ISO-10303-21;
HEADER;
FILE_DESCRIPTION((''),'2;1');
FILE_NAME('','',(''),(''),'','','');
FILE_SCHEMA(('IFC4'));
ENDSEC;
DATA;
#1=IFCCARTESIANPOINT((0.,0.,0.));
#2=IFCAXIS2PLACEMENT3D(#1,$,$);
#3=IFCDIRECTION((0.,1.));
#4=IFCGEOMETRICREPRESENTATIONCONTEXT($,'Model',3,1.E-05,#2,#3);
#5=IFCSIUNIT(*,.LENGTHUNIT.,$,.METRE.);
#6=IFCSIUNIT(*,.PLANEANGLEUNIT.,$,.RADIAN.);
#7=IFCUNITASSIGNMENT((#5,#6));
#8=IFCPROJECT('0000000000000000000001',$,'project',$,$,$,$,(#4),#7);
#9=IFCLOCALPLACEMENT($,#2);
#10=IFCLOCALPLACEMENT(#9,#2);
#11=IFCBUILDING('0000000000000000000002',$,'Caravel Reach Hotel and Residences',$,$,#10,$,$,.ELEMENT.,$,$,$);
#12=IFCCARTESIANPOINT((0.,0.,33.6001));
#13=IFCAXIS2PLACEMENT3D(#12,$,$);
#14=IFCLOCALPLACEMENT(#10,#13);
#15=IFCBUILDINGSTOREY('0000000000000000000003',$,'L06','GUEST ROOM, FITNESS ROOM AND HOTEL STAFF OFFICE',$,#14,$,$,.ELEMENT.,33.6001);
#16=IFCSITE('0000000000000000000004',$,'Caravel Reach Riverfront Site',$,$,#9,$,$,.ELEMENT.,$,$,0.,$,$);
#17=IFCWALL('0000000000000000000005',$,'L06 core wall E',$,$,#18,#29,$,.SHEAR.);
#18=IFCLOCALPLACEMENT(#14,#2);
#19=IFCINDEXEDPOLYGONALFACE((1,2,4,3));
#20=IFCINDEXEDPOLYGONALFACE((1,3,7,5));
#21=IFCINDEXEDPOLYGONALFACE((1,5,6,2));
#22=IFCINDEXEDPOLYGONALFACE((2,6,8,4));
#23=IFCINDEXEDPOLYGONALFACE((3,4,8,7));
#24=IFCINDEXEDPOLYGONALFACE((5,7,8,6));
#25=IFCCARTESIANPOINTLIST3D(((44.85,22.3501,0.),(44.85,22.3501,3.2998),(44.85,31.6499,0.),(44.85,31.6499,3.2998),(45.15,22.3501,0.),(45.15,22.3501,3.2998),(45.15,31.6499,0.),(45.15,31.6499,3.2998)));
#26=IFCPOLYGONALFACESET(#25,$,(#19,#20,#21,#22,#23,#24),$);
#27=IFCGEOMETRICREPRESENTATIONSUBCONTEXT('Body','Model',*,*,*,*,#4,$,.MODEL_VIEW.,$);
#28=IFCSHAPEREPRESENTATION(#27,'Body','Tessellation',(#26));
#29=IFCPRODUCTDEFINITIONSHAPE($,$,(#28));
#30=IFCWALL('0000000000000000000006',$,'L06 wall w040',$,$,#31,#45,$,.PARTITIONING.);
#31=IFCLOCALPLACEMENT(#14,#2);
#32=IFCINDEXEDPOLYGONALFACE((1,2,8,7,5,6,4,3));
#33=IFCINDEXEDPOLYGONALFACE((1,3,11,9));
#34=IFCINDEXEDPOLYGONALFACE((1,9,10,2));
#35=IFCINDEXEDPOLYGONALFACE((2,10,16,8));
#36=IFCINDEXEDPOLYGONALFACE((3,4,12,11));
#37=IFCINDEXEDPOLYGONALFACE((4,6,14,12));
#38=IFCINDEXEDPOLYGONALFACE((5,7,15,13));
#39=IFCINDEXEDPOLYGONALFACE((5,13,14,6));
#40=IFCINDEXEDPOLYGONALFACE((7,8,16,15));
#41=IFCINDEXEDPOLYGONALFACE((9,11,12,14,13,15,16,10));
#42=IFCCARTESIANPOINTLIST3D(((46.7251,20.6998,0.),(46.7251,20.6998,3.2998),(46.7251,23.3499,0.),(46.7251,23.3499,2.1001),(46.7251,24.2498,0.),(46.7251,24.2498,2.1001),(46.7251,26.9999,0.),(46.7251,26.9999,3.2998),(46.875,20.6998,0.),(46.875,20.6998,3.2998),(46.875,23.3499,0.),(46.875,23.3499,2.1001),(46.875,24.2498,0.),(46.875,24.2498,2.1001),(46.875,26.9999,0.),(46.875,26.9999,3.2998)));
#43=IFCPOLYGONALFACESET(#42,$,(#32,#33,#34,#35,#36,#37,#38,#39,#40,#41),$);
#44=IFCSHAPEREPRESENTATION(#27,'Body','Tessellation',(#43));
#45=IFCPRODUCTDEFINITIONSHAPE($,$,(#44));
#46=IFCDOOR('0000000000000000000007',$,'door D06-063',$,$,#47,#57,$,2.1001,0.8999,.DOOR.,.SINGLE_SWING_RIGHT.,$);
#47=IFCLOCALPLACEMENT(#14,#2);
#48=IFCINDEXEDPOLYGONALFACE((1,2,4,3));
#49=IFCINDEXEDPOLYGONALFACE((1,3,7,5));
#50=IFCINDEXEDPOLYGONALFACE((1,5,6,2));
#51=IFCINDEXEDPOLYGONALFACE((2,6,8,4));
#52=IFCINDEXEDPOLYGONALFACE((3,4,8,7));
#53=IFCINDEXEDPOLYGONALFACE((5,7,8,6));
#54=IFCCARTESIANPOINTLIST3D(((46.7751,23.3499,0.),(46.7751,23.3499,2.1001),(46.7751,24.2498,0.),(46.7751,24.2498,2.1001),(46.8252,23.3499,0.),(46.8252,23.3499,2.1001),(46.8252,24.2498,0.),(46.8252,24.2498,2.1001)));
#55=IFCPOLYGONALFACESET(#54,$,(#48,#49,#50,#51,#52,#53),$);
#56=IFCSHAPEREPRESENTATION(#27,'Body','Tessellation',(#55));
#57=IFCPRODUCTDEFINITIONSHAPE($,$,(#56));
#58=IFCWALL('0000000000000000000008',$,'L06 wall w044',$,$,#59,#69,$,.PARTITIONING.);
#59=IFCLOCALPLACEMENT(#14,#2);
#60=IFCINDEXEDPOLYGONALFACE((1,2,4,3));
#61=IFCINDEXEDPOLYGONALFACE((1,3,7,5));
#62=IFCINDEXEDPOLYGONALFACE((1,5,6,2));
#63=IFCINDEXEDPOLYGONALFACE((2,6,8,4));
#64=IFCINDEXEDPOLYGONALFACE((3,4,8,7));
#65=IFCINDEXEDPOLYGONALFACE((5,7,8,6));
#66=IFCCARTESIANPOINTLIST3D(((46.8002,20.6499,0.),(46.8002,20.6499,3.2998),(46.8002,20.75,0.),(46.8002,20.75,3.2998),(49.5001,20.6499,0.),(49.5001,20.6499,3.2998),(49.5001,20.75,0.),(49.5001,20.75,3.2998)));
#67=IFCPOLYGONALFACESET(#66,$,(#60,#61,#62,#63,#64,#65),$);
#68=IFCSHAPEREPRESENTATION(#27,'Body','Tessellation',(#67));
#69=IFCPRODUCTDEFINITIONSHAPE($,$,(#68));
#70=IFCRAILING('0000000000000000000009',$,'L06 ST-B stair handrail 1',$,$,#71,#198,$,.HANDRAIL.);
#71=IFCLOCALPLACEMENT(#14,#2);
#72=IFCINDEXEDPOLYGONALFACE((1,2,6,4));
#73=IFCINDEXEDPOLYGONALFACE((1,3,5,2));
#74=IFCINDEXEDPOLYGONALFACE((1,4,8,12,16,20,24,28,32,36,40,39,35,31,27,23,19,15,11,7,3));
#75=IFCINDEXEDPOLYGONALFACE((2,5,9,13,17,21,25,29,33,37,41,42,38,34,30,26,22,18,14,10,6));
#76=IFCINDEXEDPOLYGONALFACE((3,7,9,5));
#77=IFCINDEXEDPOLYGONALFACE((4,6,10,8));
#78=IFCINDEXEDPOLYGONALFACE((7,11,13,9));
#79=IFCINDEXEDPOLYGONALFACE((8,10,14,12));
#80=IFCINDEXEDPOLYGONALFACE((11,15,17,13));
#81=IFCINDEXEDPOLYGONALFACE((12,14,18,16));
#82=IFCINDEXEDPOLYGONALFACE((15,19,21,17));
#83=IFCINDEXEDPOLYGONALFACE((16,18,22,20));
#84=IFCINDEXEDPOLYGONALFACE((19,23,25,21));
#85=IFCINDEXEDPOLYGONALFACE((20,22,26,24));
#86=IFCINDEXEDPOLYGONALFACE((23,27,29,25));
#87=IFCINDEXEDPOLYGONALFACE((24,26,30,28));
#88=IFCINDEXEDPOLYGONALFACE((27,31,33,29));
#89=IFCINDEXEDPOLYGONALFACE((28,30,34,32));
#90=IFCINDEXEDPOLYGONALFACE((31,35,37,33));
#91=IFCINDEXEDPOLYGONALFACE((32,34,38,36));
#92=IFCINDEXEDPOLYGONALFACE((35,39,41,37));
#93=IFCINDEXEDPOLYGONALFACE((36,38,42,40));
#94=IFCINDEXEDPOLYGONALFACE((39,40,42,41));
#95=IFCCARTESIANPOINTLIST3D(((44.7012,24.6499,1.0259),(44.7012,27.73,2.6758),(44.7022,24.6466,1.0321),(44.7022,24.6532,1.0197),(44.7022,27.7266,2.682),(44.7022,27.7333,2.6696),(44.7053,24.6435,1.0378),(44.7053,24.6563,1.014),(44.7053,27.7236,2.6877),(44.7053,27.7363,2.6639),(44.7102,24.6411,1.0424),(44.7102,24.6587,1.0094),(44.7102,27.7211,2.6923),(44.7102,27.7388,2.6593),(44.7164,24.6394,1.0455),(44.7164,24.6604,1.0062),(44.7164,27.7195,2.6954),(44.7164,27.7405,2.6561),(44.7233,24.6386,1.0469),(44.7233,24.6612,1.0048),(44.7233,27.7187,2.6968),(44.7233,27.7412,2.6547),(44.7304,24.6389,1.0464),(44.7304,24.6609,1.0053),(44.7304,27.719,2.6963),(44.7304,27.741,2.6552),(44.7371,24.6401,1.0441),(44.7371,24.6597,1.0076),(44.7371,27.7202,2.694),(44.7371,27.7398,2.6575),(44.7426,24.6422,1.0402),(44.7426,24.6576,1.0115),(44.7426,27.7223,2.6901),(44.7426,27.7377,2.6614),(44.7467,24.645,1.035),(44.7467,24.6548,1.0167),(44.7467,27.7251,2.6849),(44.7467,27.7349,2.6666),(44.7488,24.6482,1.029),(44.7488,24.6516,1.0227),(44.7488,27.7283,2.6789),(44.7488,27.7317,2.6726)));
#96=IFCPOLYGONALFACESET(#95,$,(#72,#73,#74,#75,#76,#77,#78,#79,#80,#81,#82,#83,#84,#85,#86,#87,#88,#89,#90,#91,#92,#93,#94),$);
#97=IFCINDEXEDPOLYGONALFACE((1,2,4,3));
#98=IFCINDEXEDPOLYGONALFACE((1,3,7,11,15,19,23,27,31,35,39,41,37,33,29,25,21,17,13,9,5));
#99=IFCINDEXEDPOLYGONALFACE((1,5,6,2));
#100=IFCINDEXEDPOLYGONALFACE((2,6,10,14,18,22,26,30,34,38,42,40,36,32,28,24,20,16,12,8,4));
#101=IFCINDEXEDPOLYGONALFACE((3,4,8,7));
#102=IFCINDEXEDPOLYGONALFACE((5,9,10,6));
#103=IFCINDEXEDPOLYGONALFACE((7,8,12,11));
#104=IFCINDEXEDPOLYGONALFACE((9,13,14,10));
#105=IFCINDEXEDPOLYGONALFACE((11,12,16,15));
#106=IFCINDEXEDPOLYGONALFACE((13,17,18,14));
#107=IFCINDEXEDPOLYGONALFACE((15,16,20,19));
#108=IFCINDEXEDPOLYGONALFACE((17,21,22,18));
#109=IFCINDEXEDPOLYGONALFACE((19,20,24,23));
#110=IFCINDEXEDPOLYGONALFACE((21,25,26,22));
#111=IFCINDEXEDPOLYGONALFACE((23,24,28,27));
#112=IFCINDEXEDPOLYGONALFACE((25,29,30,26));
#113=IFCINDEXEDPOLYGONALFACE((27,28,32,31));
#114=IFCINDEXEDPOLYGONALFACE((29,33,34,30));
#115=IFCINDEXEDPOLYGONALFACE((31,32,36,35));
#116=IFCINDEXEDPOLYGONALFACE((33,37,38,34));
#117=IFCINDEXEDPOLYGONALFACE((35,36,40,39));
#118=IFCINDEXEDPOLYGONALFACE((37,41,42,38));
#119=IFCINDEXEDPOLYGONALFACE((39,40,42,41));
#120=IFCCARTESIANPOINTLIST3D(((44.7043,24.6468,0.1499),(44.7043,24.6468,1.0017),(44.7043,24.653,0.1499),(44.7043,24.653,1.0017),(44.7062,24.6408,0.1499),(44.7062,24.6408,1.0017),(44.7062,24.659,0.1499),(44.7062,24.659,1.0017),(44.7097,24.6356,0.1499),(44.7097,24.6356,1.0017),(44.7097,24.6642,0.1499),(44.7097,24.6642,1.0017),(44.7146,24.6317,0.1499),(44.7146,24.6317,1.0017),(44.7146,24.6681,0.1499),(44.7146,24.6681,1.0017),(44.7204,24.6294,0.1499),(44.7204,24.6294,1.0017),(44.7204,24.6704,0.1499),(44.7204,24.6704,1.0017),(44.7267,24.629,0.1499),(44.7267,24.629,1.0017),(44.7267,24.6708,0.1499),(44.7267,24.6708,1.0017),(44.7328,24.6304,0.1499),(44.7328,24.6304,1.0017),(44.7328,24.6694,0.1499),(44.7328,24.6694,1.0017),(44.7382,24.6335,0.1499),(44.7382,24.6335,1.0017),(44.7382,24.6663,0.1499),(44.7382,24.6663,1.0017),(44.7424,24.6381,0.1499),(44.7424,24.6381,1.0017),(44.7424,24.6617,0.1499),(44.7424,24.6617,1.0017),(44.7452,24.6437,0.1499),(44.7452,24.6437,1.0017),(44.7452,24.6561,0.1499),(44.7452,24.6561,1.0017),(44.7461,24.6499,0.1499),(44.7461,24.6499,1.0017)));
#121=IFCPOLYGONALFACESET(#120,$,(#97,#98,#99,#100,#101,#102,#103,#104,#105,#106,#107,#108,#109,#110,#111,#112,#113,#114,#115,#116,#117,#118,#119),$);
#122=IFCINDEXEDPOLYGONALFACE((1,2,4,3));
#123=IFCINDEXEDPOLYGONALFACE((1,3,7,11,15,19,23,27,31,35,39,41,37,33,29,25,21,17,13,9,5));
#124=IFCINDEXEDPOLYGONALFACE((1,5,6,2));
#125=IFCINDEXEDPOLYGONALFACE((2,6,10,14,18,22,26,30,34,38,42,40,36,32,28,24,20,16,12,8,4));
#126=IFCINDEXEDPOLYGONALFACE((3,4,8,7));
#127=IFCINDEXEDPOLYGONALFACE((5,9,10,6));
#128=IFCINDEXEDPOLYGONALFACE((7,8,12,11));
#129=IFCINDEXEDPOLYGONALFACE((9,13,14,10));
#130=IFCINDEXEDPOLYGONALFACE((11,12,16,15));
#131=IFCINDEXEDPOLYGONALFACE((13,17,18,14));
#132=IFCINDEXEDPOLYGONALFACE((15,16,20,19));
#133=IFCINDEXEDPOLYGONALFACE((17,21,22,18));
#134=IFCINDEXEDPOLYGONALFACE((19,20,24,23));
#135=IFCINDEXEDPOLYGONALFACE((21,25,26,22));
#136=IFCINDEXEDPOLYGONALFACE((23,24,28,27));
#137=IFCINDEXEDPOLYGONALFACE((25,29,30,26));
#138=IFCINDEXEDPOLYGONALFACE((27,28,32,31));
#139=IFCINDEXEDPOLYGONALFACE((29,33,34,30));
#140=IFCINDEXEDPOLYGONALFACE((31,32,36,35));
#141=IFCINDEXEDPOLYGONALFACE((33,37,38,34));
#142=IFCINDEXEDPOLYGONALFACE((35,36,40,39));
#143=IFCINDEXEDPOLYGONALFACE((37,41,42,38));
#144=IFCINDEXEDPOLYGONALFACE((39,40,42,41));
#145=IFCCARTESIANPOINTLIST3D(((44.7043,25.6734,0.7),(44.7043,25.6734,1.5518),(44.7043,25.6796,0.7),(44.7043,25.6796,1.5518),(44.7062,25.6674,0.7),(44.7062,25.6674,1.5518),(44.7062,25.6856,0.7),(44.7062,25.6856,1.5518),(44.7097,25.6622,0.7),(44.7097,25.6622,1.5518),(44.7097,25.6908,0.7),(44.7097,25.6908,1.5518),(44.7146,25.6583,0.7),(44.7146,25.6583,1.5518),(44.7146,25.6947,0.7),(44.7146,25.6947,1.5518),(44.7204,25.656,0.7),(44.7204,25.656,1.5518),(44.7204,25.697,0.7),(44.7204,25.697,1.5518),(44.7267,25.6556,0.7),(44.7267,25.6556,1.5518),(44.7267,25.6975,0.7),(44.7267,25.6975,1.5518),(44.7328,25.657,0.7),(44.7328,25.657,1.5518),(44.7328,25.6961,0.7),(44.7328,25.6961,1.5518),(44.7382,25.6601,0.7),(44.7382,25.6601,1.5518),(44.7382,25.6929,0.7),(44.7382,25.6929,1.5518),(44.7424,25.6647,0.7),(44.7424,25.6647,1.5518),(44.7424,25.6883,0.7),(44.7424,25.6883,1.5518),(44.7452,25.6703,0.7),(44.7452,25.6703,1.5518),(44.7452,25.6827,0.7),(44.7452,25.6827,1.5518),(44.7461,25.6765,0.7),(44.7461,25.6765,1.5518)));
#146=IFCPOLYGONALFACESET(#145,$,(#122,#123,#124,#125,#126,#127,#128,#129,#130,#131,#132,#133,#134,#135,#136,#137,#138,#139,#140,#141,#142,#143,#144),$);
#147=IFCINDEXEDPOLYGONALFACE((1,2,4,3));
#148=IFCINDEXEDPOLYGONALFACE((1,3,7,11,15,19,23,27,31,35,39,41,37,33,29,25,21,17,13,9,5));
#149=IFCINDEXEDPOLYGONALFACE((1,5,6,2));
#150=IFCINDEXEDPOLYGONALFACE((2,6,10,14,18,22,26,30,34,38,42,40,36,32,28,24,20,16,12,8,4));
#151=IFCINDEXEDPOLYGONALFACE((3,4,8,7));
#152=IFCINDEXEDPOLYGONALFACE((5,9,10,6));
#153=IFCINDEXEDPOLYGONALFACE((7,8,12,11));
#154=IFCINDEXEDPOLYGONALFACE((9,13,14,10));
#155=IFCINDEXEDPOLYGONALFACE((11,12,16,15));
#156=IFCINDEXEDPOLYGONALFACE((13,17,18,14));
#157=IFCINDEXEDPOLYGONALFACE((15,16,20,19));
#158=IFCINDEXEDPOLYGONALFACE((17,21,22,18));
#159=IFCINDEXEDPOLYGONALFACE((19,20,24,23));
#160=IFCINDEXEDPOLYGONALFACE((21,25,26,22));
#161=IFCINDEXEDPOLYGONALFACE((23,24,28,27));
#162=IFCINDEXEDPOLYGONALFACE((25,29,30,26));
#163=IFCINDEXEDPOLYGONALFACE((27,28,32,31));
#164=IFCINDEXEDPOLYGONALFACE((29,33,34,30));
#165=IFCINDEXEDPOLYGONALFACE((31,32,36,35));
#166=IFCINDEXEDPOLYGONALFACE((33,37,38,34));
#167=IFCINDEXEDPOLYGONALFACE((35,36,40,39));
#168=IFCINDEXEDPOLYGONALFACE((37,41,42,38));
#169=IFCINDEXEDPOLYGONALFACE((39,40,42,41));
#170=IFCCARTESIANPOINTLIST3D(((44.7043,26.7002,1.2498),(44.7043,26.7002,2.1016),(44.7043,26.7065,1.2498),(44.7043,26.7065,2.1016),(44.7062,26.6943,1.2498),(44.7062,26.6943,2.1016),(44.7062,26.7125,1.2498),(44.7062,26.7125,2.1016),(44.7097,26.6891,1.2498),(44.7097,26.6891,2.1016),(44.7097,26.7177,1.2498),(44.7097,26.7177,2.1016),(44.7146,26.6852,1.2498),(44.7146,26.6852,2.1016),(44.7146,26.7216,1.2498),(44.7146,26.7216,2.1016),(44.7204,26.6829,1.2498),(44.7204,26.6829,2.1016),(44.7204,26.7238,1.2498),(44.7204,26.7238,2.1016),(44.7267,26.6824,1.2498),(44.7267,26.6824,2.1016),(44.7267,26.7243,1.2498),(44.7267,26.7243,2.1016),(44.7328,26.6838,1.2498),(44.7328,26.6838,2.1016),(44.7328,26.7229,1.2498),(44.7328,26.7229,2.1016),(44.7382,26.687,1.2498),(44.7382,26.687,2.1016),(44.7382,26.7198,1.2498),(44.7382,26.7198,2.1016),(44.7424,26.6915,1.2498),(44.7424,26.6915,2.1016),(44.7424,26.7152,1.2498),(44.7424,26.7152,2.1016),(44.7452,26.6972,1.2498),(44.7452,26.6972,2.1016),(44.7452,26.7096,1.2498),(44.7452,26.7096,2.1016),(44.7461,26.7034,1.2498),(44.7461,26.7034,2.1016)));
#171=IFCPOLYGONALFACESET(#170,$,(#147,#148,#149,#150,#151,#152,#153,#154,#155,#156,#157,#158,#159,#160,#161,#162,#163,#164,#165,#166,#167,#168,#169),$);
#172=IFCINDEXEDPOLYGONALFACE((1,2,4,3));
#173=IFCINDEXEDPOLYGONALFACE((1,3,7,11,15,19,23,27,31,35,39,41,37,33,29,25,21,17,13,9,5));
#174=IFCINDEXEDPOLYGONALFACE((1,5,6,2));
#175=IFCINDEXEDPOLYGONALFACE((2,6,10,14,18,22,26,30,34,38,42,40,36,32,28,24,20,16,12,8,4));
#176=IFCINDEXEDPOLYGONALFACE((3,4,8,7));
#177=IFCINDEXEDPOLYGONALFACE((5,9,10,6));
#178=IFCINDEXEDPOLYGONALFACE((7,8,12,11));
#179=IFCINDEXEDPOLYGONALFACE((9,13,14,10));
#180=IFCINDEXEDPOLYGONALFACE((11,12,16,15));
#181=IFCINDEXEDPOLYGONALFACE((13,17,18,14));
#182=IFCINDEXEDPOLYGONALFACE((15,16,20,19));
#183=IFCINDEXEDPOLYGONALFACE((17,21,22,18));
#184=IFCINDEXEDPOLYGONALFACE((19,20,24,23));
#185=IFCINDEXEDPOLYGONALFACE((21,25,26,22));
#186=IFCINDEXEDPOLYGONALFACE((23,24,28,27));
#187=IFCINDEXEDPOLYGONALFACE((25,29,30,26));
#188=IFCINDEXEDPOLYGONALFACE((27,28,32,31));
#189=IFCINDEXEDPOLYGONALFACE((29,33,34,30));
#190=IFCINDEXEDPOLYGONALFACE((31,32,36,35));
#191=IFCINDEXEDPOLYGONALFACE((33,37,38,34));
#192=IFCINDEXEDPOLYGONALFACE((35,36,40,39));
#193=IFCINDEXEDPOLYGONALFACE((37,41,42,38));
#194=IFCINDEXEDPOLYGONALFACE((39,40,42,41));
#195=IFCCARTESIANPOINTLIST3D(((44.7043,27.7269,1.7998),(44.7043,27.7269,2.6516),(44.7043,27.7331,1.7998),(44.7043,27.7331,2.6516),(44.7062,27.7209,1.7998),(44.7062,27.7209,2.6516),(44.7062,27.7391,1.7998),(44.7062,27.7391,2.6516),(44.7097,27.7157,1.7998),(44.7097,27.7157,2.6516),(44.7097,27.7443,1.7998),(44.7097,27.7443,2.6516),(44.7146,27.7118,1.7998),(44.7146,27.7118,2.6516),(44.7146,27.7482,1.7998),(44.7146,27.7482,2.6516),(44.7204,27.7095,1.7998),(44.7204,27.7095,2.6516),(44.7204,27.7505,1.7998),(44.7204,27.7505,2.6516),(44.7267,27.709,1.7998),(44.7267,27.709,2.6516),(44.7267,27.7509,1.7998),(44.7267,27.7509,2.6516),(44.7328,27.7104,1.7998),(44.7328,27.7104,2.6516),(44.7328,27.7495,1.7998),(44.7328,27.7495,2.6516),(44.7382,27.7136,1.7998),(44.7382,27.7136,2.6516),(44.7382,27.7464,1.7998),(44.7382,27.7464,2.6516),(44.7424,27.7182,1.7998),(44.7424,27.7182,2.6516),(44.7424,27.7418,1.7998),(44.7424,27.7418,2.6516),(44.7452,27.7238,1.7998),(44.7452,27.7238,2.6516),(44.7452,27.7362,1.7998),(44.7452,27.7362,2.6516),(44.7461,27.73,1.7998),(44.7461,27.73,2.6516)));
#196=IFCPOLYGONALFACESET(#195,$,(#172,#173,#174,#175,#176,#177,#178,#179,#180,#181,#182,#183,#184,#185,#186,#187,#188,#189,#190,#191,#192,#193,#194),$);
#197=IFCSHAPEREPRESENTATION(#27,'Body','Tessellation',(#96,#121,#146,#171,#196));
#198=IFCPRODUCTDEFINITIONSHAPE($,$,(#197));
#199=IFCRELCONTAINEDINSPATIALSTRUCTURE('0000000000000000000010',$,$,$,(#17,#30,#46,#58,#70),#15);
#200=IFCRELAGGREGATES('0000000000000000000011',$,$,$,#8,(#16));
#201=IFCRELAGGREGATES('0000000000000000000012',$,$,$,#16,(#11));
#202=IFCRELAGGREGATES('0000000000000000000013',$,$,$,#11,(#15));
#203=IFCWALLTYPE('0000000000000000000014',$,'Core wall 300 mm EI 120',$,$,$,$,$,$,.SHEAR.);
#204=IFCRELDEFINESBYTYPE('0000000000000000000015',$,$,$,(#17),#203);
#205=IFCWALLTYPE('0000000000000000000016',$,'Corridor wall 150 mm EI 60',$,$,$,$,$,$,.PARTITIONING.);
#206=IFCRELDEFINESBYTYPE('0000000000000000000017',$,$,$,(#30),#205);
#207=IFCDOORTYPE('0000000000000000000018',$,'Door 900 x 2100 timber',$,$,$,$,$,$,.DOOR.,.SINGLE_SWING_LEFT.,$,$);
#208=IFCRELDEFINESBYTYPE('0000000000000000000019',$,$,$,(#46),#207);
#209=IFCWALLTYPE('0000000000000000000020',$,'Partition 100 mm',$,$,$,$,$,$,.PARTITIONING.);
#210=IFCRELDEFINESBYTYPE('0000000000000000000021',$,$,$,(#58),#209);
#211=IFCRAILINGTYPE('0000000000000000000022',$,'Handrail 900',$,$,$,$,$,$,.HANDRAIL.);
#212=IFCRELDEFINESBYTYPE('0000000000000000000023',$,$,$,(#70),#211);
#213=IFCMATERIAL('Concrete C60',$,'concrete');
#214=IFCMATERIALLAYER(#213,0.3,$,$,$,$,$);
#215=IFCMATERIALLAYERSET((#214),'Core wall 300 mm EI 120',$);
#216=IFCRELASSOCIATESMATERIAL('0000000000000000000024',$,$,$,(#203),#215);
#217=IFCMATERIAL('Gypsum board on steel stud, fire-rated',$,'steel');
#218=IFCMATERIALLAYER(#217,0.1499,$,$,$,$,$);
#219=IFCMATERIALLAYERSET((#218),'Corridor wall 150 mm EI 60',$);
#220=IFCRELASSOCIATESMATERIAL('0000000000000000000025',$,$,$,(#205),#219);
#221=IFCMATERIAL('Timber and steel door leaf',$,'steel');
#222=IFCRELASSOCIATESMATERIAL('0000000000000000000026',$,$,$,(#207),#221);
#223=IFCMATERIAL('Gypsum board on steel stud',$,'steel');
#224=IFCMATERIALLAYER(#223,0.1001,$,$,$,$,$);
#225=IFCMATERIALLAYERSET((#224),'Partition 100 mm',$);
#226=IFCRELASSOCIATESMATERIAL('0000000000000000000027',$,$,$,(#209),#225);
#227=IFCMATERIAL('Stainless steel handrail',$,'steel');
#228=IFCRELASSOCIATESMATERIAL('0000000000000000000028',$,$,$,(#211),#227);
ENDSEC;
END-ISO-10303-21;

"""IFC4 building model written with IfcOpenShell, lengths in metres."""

from ifc_helpers import new_model, si_unit, direction, frame, frame_2d, origin, origin_2d, place, context, subcontext, project, spatial, rectangle, circle, extrude, material, layer, layer_set, type_object, element, fill, save


model = new_model("IFC4")

# Units and contexts
model_context = context("Model", 3, precision=1e-05, world=origin(), true_north=direction((0.0, 1.0)))
body_context = subcontext(model_context, "Body", "Model", "MODEL_VIEW")
ifc_project = project(units=[si_unit("LENGTHUNIT", "METRE"), si_unit("PLANEANGLEUNIT", "RADIAN")], contexts=[model_context])

# Site, building, storey
site_placement = place(None, origin())
site = spatial("IfcSite", under=ifc_project, at=site_placement, Name="Caravel Reach Riverfront Site", CompositionType="ELEMENT", RefElevation=0.0)
building_placement = place(site_placement, origin())
building = spatial("IfcBuilding", under=site, at=building_placement, Name="Caravel Reach Hotel and Residences", CompositionType="ELEMENT")
storey_placement = place(building_placement, frame((0.0, 0.0, 33.6001)))
storey = spatial("IfcBuildingStorey", under=building, at=storey_placement, Name="L06", Description="GUEST ROOM, FITNESS ROOM AND HOTEL STAFF OFFICE", CompositionType="ELEMENT", Elevation=33.6001)

# Wall
ifc_material_1 = material(Name="Concrete C60", Category="concrete")
ifc_layer_1 = layer(ifc_material_1, 0.3)
ifc_layer_set_1 = layer_set([ifc_layer_1], Name="Core wall 300 mm EI 120")
wall_type_1 = type_object("IfcWallType", Name="Core wall 300 mm EI 120", PredefinedType="SHEAR", material=ifc_layer_set_1)
wall_1_placement = place(storey_placement, frame((45.0, 22.3501, 0.0), z_axis=(0.0, 0.0, 1.0), x_axis=(0.0, 1.0, 0.0)))
element("IfcWall", 1, at=wall_1_placement, inside=storey, type_object=wall_type_1, Name="L06 core wall E", PredefinedType="SHEAR", context=body_context, shape_type="SweptSolid", body=[
    extrude(rectangle(XDim=9.2998, YDim=0.3, at=frame_2d((4.6499, 0.0))), origin(), (0.0, 0.0, 1.0), 3.2998),
])

# Wall, opening, door
ifc_material_2 = material(Name="Gypsum board on steel stud, fire-rated", Category="steel")
ifc_layer_2 = layer(ifc_material_2, 0.1499)
ifc_layer_set_2 = layer_set([ifc_layer_2], Name="Corridor wall 150 mm EI 60")
wall_type_2 = type_object("IfcWallType", Name="Corridor wall 150 mm EI 60", PredefinedType="PARTITIONING", material=ifc_layer_set_2)
wall_2_placement = place(storey_placement, frame((46.8, 20.7, 0.0), z_axis=(0.0, 0.0, 1.0), x_axis=(0.0, 1.0, 0.0)))
wall_2 = element("IfcWall", 2, at=wall_2_placement, inside=storey, type_object=wall_type_2, Name="L06 wall w040", PredefinedType="PARTITIONING", context=body_context, shape_type="SweptSolid", body=[
    extrude(rectangle(XDim=6.3, YDim=0.1499, at=frame_2d((3.1499, 0.0))), origin(), (0.0, 0.0, 1.0), 3.2998),
])
opening_1_placement = place(wall_2_placement, frame((2.6499, 0.0, 0.0)))
opening_1 = element("IfcOpeningElement", 3, at=opening_1_placement, cuts=wall_2, PredefinedType="OPENING", context=body_context, shape_type="SweptSolid", body=[
    extrude(rectangle(XDim=0.8999, YDim=2.1001, at=frame_2d((0.45, 1.05))), frame((0.0, 0.085, 0.0), z_axis=(0.0, -1.0, 0.0), x_axis=(1.0, 0.0, 0.0)), (0.0, 0.0, 1.0), 0.1699),
])
ifc_material_3 = material(Name="Timber and steel door leaf", Category="steel")
door_type_1 = type_object("IfcDoorType", Name="Door 900 x 2100 timber", OperationType="SINGLE_SWING_LEFT", PredefinedType="DOOR", material=ifc_material_3)
door_1_placement = place(opening_1_placement, origin())
door_1 = element("IfcDoor", 4, at=door_1_placement, inside=storey, type_object=door_type_1, Name="door D06-063", OperationType="SINGLE_SWING_RIGHT", OverallHeight=2.1001, OverallWidth=0.8999, PredefinedType="DOOR", context=body_context, shape_type="SweptSolid", body=[
    extrude(rectangle(XDim=0.8999, YDim=2.1001, at=frame_2d((0.45, 1.05))), frame((0.0, 0.0249, 0.0), z_axis=(0.0, -1.0, 0.0), x_axis=(1.0, 0.0, 0.0)), (0.0, 0.0, 1.0), 0.05),
])
fill(opening_1, door_1)

# Wall
ifc_material_4 = material(Name="Gypsum board on steel stud", Category="steel")
ifc_layer_3 = layer(ifc_material_4, 0.1001)
ifc_layer_set_3 = layer_set([ifc_layer_3], Name="Partition 100 mm")
wall_type_3 = type_object("IfcWallType", Name="Partition 100 mm", PredefinedType="PARTITIONING", material=ifc_layer_set_3)
wall_3_placement = place(storey_placement, frame((46.8, 20.7, 0.0), z_axis=(0.0, 0.0, 1.0), x_axis=(1.0, 0.0, 0.0)))
element("IfcWall", 5, at=wall_3_placement, inside=storey, type_object=wall_type_3, Name="L06 wall w044", PredefinedType="PARTITIONING", context=body_context, shape_type="SweptSolid", body=[
    extrude(rectangle(XDim=2.7, YDim=0.1001, at=frame_2d((1.3501, 0.0))), origin(), (0.0, 0.0, 1.0), 3.2998),
])

# Railing
ifc_material_5 = material(Name="Stainless steel handrail", Category="steel")
railing_type = type_object("IfcRailingType", Name="Handrail 900", PredefinedType="HANDRAIL", material=ifc_material_5)
railing_placement = place(storey_placement, frame((44.7251, 24.6499, 0.1499)))
element("IfcRailing", 6, at=railing_placement, inside=storey, type_object=railing_type, Name="L06 ST-B stair handrail 1", PredefinedType="HANDRAIL", context=body_context, shape_type="SweptSolid", body=[
    extrude(circle(Radius=0.0239, at=origin_2d()), frame((0.0, 0.0, 0.876), z_axis=(0.0, 0.881497, 0.47219), x_axis=(-1.0, 0.0, 0.0)), (0.0, 0.0, 1.0), 3.4941),
    extrude(circle(Radius=0.021, at=origin_2d()), origin(), (0.0, 0.0, 1.0), 0.8518),
    extrude(circle(Radius=0.021, at=origin_2d()), frame((0.0, 1.0266, 0.55)), (0.0, 0.0, 1.0), 0.8518),
    extrude(circle(Radius=0.021, at=origin_2d()), frame((0.0, 2.0535, 1.0999)), (0.0, 0.0, 1.0), 0.8518),
    extrude(circle(Radius=0.021, at=origin_2d()), frame((0.0, 3.0801, 1.6499)), (0.0, 0.0, 1.0), 0.8518),
])

save(model, "model.ifc")
